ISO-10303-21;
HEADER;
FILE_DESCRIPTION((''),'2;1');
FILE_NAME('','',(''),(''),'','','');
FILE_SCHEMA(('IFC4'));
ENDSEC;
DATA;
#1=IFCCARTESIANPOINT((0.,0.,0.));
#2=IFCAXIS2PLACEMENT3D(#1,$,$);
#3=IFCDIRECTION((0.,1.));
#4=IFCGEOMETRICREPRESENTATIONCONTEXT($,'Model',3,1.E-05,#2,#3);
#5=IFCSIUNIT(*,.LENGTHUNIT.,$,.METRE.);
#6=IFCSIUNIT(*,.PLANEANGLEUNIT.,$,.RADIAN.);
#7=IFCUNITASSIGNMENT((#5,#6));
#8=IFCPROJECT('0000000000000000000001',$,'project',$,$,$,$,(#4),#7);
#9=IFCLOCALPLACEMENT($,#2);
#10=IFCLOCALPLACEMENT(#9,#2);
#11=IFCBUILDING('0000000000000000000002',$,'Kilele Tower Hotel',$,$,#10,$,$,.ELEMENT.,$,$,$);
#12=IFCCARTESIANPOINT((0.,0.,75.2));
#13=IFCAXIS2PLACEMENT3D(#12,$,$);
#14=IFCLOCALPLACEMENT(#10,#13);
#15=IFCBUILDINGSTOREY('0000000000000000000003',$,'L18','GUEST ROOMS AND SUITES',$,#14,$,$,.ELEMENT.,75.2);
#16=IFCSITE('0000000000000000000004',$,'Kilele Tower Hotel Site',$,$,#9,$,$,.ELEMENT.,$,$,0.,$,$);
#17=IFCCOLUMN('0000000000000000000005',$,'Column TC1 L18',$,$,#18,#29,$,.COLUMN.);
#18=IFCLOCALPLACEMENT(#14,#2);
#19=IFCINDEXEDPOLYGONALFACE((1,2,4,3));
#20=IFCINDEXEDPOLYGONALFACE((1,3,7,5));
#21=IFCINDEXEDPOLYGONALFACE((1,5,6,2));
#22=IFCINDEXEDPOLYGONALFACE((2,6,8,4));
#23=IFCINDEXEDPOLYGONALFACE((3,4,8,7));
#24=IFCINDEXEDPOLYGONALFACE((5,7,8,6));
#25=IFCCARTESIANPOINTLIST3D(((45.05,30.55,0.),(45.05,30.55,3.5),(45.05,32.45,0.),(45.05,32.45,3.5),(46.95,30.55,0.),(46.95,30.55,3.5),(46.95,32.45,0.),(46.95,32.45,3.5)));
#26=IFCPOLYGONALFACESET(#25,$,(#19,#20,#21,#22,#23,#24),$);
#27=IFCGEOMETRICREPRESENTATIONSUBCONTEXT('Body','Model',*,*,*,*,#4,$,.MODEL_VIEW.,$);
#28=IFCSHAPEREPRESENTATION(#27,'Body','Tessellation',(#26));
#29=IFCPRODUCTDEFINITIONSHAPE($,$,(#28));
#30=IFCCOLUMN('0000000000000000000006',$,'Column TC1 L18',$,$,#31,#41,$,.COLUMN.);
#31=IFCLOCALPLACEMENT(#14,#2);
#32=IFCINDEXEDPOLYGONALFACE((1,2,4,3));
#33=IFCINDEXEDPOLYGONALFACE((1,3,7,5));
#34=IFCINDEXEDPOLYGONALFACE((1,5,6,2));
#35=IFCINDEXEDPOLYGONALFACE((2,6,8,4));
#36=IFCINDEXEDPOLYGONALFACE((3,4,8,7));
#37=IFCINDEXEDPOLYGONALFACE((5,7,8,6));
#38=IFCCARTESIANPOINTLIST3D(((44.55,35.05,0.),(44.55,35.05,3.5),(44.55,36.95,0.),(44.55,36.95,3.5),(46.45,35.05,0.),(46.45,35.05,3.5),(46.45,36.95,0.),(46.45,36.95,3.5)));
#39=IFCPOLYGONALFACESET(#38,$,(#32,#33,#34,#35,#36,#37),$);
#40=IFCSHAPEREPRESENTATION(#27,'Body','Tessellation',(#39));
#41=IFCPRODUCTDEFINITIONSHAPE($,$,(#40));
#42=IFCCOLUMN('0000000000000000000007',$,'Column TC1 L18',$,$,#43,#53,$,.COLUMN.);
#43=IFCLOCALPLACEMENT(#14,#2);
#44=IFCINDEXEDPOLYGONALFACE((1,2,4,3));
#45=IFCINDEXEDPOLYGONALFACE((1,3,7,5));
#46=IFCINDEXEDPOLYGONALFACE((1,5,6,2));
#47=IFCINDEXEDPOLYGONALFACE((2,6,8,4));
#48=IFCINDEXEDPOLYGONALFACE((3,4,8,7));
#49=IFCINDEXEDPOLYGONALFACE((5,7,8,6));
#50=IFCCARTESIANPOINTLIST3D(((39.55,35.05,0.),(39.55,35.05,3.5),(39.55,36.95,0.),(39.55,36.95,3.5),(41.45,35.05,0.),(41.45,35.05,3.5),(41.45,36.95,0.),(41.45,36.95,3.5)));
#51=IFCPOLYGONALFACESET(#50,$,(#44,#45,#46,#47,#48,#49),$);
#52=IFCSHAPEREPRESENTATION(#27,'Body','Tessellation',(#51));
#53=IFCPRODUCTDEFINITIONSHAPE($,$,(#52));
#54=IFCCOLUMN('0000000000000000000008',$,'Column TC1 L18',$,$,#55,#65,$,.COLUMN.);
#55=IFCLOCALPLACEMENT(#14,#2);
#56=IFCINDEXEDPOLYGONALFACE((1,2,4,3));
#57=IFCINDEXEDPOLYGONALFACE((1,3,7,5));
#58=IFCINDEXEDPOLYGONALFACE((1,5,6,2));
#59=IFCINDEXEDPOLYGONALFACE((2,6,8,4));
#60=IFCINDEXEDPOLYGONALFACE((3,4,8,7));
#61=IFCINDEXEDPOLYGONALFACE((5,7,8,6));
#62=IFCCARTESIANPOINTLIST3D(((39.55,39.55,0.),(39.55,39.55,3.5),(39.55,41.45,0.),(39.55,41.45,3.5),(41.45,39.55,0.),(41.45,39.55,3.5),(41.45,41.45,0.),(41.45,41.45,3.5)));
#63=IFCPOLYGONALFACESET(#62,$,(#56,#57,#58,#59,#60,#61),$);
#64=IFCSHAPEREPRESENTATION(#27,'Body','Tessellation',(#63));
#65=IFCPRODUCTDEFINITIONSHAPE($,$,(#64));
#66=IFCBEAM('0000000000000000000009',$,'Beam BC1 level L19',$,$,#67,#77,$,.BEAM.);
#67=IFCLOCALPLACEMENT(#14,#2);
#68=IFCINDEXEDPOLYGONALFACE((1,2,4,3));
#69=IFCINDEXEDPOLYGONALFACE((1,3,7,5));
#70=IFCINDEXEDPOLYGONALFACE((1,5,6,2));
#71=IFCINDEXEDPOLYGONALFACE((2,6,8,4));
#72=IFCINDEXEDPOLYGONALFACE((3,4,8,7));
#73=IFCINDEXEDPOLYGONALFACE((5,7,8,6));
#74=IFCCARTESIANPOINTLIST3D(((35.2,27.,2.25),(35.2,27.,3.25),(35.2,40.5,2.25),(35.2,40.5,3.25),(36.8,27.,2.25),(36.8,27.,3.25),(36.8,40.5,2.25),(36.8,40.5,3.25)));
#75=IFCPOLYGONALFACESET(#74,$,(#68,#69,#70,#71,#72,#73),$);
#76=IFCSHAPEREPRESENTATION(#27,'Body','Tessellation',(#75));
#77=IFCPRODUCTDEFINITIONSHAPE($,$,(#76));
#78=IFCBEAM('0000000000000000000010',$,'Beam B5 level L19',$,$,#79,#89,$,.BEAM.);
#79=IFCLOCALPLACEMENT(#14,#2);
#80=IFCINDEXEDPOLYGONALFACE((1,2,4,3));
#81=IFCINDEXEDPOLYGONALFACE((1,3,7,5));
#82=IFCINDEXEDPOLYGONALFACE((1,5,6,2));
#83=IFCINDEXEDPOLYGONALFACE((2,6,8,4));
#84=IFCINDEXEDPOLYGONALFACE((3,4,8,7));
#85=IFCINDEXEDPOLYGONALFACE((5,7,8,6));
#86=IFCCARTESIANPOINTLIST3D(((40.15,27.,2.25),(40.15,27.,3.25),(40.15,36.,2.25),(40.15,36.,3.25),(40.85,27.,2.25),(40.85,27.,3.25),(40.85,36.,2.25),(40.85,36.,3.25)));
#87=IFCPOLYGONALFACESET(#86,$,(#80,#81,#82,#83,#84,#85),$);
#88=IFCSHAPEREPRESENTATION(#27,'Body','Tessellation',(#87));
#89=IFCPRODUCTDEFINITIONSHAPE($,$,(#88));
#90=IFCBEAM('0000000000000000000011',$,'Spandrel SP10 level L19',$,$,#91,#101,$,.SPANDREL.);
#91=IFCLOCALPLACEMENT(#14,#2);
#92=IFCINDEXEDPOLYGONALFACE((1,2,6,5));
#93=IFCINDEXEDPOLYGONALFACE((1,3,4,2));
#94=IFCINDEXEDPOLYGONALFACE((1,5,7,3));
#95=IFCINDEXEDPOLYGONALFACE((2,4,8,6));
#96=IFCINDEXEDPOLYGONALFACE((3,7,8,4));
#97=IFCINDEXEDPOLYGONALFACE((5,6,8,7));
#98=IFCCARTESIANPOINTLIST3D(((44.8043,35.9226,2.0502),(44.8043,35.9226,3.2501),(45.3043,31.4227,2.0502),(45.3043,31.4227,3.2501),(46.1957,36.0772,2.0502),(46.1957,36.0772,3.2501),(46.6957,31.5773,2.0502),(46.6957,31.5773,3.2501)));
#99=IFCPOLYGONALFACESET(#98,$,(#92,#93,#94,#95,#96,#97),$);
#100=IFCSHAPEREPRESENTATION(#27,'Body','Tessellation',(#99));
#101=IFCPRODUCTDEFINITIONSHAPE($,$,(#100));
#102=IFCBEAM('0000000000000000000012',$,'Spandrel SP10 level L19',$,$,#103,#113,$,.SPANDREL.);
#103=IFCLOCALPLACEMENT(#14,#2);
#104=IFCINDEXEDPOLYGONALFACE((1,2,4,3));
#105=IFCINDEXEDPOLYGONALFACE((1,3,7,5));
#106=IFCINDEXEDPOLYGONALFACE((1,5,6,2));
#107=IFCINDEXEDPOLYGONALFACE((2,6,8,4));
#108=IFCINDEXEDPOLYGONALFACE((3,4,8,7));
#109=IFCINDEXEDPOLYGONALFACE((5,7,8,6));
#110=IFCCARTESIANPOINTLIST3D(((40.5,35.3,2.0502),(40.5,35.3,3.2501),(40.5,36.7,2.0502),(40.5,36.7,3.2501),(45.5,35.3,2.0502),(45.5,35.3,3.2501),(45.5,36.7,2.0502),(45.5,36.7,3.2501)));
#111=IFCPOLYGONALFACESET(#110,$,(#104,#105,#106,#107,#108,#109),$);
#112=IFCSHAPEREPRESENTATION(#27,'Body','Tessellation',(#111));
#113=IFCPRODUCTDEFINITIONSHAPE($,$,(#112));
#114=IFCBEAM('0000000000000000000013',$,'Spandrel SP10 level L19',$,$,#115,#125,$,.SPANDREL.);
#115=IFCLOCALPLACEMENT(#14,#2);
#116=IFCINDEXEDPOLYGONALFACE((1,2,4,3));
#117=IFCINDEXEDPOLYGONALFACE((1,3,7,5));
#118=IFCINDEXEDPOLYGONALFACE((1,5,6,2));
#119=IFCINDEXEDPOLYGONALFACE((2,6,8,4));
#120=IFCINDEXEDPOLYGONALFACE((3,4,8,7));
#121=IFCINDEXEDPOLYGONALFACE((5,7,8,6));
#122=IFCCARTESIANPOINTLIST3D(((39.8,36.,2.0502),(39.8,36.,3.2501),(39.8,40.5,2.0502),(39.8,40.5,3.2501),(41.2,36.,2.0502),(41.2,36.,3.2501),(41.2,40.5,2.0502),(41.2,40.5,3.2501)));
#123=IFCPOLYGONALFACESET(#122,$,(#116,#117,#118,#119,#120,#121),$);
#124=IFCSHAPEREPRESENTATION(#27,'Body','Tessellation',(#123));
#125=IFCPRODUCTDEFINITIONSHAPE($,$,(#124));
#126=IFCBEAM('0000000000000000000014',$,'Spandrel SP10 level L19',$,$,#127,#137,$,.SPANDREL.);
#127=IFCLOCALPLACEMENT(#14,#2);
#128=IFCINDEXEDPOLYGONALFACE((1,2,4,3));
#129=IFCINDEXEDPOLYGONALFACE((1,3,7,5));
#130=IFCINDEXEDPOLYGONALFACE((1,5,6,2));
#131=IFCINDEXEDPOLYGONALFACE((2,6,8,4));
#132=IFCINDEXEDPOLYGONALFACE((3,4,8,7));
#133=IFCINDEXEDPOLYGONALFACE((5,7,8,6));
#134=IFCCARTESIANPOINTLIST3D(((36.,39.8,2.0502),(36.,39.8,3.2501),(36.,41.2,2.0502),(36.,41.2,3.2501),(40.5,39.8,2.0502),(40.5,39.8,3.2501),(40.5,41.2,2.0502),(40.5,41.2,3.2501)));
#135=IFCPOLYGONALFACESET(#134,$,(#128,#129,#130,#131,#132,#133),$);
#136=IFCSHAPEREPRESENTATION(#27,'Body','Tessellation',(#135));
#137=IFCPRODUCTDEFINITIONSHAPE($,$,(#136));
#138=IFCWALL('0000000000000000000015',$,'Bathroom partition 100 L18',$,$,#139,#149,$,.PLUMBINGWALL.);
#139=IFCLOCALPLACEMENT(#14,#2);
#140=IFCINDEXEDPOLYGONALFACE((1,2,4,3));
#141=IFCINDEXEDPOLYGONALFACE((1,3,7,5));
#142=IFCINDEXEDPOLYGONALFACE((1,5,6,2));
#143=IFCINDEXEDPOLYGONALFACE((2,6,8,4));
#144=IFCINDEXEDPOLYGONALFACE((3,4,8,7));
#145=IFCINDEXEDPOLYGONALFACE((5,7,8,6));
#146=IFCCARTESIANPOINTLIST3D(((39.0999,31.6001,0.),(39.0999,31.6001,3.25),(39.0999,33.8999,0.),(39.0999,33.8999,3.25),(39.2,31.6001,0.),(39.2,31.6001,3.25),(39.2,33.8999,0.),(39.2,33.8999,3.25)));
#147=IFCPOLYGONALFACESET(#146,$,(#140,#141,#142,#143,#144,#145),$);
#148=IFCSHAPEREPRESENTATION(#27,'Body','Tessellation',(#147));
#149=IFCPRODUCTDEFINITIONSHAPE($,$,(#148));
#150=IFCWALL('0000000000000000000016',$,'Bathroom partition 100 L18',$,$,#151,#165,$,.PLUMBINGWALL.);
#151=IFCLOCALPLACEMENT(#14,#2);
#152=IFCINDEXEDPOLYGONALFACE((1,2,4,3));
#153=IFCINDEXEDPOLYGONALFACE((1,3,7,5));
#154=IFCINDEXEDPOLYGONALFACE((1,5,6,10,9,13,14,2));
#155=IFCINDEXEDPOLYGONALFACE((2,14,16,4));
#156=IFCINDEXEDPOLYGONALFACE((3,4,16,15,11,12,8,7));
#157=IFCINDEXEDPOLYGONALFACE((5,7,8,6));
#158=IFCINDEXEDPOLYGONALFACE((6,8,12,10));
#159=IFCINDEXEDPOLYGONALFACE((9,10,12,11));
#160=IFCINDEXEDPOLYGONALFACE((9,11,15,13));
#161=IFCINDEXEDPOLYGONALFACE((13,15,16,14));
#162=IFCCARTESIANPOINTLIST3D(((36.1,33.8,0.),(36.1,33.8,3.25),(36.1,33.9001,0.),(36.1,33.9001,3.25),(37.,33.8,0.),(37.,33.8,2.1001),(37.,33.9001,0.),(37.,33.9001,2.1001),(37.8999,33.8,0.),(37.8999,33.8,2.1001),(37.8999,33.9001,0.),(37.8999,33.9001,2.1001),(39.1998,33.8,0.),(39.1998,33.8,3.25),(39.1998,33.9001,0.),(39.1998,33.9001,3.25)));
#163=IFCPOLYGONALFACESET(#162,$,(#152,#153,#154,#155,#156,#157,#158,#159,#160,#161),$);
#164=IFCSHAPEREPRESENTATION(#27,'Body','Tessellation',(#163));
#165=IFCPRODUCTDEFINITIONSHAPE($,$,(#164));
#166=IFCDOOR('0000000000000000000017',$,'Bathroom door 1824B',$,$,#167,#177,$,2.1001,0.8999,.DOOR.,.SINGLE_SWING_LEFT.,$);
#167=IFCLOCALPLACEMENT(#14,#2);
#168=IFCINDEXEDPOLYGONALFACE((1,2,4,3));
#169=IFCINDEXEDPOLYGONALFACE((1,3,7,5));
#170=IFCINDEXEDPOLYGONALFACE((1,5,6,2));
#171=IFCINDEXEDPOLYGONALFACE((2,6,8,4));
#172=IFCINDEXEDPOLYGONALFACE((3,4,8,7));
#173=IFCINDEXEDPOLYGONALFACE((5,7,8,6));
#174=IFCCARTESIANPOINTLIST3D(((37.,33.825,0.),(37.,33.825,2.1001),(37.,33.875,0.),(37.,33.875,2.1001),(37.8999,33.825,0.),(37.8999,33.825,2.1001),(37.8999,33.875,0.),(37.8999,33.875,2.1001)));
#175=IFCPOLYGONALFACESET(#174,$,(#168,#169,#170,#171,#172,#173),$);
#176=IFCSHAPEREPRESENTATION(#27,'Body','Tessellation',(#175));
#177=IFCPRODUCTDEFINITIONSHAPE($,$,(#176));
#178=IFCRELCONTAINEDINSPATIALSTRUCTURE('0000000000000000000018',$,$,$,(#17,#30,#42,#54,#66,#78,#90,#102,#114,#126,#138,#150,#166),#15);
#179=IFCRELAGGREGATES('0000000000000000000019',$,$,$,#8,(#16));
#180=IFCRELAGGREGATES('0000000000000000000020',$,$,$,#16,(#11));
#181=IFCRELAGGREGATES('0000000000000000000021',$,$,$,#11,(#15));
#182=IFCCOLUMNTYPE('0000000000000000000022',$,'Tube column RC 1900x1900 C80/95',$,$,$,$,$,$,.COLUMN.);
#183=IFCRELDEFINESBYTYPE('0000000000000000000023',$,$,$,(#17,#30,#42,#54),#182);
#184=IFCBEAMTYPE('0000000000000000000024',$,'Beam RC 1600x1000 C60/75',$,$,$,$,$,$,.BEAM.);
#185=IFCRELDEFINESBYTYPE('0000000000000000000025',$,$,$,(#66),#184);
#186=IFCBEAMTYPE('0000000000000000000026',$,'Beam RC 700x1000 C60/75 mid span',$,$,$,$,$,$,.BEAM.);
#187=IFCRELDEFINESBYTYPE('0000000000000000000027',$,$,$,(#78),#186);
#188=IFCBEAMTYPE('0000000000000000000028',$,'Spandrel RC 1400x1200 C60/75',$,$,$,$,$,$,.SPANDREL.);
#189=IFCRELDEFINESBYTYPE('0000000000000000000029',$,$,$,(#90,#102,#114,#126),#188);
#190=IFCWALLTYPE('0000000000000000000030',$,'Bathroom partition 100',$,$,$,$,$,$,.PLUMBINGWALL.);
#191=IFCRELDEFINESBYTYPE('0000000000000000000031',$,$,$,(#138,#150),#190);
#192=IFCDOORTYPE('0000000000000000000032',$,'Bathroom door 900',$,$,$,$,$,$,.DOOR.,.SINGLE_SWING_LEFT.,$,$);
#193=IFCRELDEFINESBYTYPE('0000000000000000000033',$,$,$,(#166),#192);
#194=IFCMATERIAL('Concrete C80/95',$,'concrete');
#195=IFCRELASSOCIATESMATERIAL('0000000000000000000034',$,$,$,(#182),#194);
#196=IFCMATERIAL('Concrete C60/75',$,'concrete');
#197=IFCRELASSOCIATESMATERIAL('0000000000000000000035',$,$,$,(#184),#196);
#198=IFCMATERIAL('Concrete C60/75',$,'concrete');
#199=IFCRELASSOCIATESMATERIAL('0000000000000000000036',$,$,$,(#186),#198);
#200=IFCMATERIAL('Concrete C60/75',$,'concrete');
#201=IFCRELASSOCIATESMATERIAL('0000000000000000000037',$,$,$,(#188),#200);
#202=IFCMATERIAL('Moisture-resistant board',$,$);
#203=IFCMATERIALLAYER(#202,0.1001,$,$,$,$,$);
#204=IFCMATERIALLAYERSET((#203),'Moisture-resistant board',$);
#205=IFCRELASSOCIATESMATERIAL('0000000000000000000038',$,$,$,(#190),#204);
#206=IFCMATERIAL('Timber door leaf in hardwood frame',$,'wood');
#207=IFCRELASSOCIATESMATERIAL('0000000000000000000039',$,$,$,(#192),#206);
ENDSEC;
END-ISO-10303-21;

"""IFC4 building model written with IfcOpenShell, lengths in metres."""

from ifc_helpers import new_model, si_unit, direction, frame, frame_2d, origin, origin_2d, place, context, subcontext, project, spatial, rectangle, extrude, material, layer, layer_set, material_profile, profile_set, type_object, element, fill, save


model = new_model("IFC4")

# Units and contexts
model_context = context("Model", 3, precision=1e-05, world=origin(), true_north=direction((0.0, 1.0)))
body_context = subcontext(model_context, "Body", "Model", "MODEL_VIEW")
ifc_project = project(units=[si_unit("LENGTHUNIT", "METRE"), si_unit("PLANEANGLEUNIT", "RADIAN")], contexts=[model_context])

# Site, building, storey
site_placement = place(None, origin())
site = spatial("IfcSite", under=ifc_project, at=site_placement, Name="Kilele Tower Hotel Site", CompositionType="ELEMENT", RefElevation=0.0)
building_placement = place(site_placement, origin())
building = spatial("IfcBuilding", under=site, at=building_placement, Name="Kilele Tower Hotel", CompositionType="ELEMENT")
storey_placement = place(building_placement, frame((0.0, 0.0, 75.2)))
storey = spatial("IfcBuildingStorey", under=building, at=storey_placement, Name="L18", Description="GUEST ROOMS AND SUITES", CompositionType="ELEMENT", Elevation=75.2)

# Columns
ifc_material_1 = material(Name="Concrete C80/95", Category="concrete")
ifc_material_profile_1 = material_profile(ifc_material_1, rectangle(XDim=1.8999, YDim=1.8999, at=origin_2d()))
ifc_profile_set_1 = profile_set([ifc_material_profile_1], Name="Concrete C80/95")
column_type = type_object("IfcColumnType", Name="Tube column RC 1900x1900 C80/95", PredefinedType="COLUMN", material=ifc_profile_set_1)
for number, where, z_axis, x_axis, name in (
    (1, (46.0, 31.5, 0.0), (0.0, 0.0, 1.0), (1.0, 0.0, 0.0), "Column TC1 L18"),
    (2, (45.5, 36.0, 0.0), (0.0, 0.0, 1.0), (1.0, 0.0, 0.0), "Column TC1 L18"),
    (3, (40.5, 36.0, 0.0), (0.0, 0.0, 1.0), (1.0, 0.0, 0.0), "Column TC1 L18"),
    (4, (40.5, 40.5, 0.0), (0.0, 0.0, 1.0), (1.0, 0.0, 0.0), "Column TC1 L18"),
):
    element("IfcColumn", number, at=place(storey_placement, frame(where, z_axis=z_axis, x_axis=x_axis)), inside=storey, type_object=column_type, Name=name, PredefinedType="COLUMN", context=body_context, shape_type="SweptSolid", body=[
        extrude(rectangle(XDim=1.8999, YDim=1.8999, at=origin_2d()), origin(), (0.0, 0.0, 1.0), 3.5),
    ])

# Beams
ifc_material_2 = material(Name="Concrete C60/75", Category="concrete")
ifc_material_profile_2 = material_profile(ifc_material_2, rectangle(XDim=1.6001, YDim=1.0, at=origin_2d()))
ifc_profile_set_2 = profile_set([ifc_material_profile_2], Name="Concrete C60/75")
beam_type_1 = type_object("IfcBeamType", Name="Beam RC 1600x1000 C60/75", PredefinedType="BEAM", material=ifc_profile_set_2)
beam_1_placement = place(storey_placement, frame((36.0, 40.5, 2.75), z_axis=(0.0, -1.0, 0.0), x_axis=(1.0, 0.0, 0.0)))
element("IfcBeam", 5, at=beam_1_placement, inside=storey, type_object=beam_type_1, Name="Beam BC1 level L19", PredefinedType="BEAM", context=body_context, shape_type="SweptSolid", body=[
    extrude(rectangle(XDim=1.6001, YDim=1.0, at=origin_2d()), origin(), (0.0, 0.0, 1.0), 13.5),
])
ifc_material_3 = material(Name="Concrete C60/75", Category="concrete")
ifc_material_profile_3 = material_profile(ifc_material_3, rectangle(XDim=0.7, YDim=1.0, at=origin_2d()))
ifc_profile_set_3 = profile_set([ifc_material_profile_3], Name="Concrete C60/75")
beam_type_2 = type_object("IfcBeamType", Name="Beam RC 700x1000 C60/75 mid span", PredefinedType="BEAM", material=ifc_profile_set_3)
beam_2_placement = place(storey_placement, frame((40.5, 36.0, 2.75), z_axis=(0.0, -1.0, 0.0), x_axis=(1.0, 0.0, 0.0)))
element("IfcBeam", 6, at=beam_2_placement, inside=storey, type_object=beam_type_2, Name="Beam B5 level L19", PredefinedType="BEAM", context=body_context, shape_type="SweptSolid", body=[
    extrude(rectangle(XDim=0.7, YDim=1.0, at=origin_2d()), origin(), (0.0, 0.0, 1.0), 9.0),
])
ifc_material_4 = material(Name="Concrete C60/75", Category="concrete")
ifc_material_profile_4 = material_profile(ifc_material_4, rectangle(XDim=1.3999, YDim=1.2, at=origin_2d()))
ifc_profile_set_4 = profile_set([ifc_material_profile_4], Name="Concrete C60/75")
beam_type_3 = type_object("IfcBeamType", Name="Spandrel RC 1400x1200 C60/75", PredefinedType="SPANDREL", material=ifc_profile_set_4)
beam_3_placement = place(storey_placement, frame((46.0, 31.5, 2.6501), z_axis=(-0.110432, 0.993884, 0.0), x_axis=(-0.993884, -0.110432, 0.0)))
element("IfcBeam", 7, at=beam_3_placement, inside=storey, type_object=beam_type_3, Name="Spandrel SP10 level L19", PredefinedType="SPANDREL", context=body_context, shape_type="SweptSolid", body=[
    extrude(rectangle(XDim=1.3999, YDim=1.2, at=origin_2d()), origin(), (0.0, 0.0, 1.0), 4.5276),
])
beam_4_placement = place(storey_placement, frame((45.5, 36.0, 2.6501), z_axis=(-1.0, 0.0, 0.0), x_axis=(0.0, -1.0, 0.0)))
element("IfcBeam", 8, at=beam_4_placement, inside=storey, type_object=beam_type_3, Name="Spandrel SP10 level L19", PredefinedType="SPANDREL", context=body_context, shape_type="SweptSolid", body=[
    extrude(rectangle(XDim=1.3999, YDim=1.2, at=origin_2d()), origin(), (0.0, 0.0, 1.0), 5.0),
])
for number, where, z_axis, x_axis, name in (
    (9, (40.5, 36.0, 2.6501), (0.0, 1.0, 0.0), (-1.0, 0.0, 0.0), "Spandrel SP10 level L19"),
    (10, (40.5, 40.5, 2.6501), (-1.0, 0.0, 0.0), (0.0, -1.0, 0.0), "Spandrel SP10 level L19"),
):
    element("IfcBeam", number, at=place(storey_placement, frame(where, z_axis=z_axis, x_axis=x_axis)), inside=storey, type_object=beam_type_3, Name=name, PredefinedType="SPANDREL", context=body_context, shape_type="SweptSolid", body=[
        extrude(rectangle(XDim=1.3999, YDim=1.2, at=origin_2d()), origin(), (0.0, 0.0, 1.0), 4.5),
    ])

# Wall
ifc_material_5 = material(Name="Moisture-resistant board")
ifc_layer_1 = layer(ifc_material_5, 0.1001)
ifc_layer_set_1 = layer_set([ifc_layer_1], Name="Moisture-resistant board")
wall_type_1 = type_object("IfcWallType", Name="Bathroom partition 100", PredefinedType="PLUMBINGWALL", material=ifc_layer_set_1)
wall_1_placement = place(storey_placement, frame((39.1499, 31.6001, 0.0), z_axis=(0.0, 0.0, 1.0), x_axis=(0.0, 1.0, 0.0)))
element("IfcWall", 11, at=wall_1_placement, inside=storey, type_object=wall_type_1, Name="Bathroom partition 100 L18", PredefinedType="PLUMBINGWALL", context=body_context, shape_type="SweptSolid", body=[
    extrude(rectangle(XDim=2.2998, YDim=0.1001, at=frame_2d((1.1499, 0.0))), origin(), (0.0, 0.0, 1.0), 3.25),
])

# Wall, opening, door
wall_2_placement = place(storey_placement, frame((36.1001, 33.8501, 0.0), z_axis=(0.0, 0.0, 1.0), x_axis=(1.0, 0.0, 0.0)))
wall_2 = element("IfcWall", 12, at=wall_2_placement, inside=storey, type_object=wall_type_1, Name="Bathroom partition 100 L18", PredefinedType="PLUMBINGWALL", context=body_context, shape_type="SweptSolid", body=[
    extrude(rectangle(XDim=3.0999, YDim=0.1001, at=frame_2d((1.5498, 0.0))), origin(), (0.0, 0.0, 1.0), 3.25),
])
opening_1_placement = place(wall_2_placement, frame((0.8999, 0.0, 0.0)))
opening_1 = element("IfcOpeningElement", 13, at=opening_1_placement, cuts=wall_2, PredefinedType="OPENING", context=body_context, shape_type="SweptSolid", body=[
    extrude(rectangle(XDim=0.8999, YDim=2.1001, at=frame_2d((0.45, 1.05))), frame((0.0, 0.0601, 0.0), z_axis=(0.0, -1.0, 0.0), x_axis=(1.0, 0.0, 0.0)), (0.0, 0.0, 1.0), 0.1201),
])
ifc_material_6 = material(Name="Timber door leaf in hardwood frame", Category="wood")
door_type_1 = type_object("IfcDoorType", Name="Bathroom door 900", OperationType="SINGLE_SWING_LEFT", PredefinedType="DOOR", material=ifc_material_6)
door_1_placement = place(opening_1_placement, origin())
door_1 = element("IfcDoor", 14, at=door_1_placement, inside=storey, type_object=door_type_1, Name="Bathroom door 1824B", OperationType="SINGLE_SWING_LEFT", OverallHeight=2.1001, OverallWidth=0.8999, PredefinedType="DOOR", context=body_context, shape_type="SweptSolid", body=[
    extrude(rectangle(XDim=0.8999, YDim=2.1001, at=frame_2d((0.45, 1.05))), frame((0.0, 0.0249, 0.0), z_axis=(0.0, -1.0, 0.0), x_axis=(1.0, 0.0, 0.0)), (0.0, 0.0, 1.0), 0.05),
])
fill(opening_1, door_1)

save(model, "model.ifc")
